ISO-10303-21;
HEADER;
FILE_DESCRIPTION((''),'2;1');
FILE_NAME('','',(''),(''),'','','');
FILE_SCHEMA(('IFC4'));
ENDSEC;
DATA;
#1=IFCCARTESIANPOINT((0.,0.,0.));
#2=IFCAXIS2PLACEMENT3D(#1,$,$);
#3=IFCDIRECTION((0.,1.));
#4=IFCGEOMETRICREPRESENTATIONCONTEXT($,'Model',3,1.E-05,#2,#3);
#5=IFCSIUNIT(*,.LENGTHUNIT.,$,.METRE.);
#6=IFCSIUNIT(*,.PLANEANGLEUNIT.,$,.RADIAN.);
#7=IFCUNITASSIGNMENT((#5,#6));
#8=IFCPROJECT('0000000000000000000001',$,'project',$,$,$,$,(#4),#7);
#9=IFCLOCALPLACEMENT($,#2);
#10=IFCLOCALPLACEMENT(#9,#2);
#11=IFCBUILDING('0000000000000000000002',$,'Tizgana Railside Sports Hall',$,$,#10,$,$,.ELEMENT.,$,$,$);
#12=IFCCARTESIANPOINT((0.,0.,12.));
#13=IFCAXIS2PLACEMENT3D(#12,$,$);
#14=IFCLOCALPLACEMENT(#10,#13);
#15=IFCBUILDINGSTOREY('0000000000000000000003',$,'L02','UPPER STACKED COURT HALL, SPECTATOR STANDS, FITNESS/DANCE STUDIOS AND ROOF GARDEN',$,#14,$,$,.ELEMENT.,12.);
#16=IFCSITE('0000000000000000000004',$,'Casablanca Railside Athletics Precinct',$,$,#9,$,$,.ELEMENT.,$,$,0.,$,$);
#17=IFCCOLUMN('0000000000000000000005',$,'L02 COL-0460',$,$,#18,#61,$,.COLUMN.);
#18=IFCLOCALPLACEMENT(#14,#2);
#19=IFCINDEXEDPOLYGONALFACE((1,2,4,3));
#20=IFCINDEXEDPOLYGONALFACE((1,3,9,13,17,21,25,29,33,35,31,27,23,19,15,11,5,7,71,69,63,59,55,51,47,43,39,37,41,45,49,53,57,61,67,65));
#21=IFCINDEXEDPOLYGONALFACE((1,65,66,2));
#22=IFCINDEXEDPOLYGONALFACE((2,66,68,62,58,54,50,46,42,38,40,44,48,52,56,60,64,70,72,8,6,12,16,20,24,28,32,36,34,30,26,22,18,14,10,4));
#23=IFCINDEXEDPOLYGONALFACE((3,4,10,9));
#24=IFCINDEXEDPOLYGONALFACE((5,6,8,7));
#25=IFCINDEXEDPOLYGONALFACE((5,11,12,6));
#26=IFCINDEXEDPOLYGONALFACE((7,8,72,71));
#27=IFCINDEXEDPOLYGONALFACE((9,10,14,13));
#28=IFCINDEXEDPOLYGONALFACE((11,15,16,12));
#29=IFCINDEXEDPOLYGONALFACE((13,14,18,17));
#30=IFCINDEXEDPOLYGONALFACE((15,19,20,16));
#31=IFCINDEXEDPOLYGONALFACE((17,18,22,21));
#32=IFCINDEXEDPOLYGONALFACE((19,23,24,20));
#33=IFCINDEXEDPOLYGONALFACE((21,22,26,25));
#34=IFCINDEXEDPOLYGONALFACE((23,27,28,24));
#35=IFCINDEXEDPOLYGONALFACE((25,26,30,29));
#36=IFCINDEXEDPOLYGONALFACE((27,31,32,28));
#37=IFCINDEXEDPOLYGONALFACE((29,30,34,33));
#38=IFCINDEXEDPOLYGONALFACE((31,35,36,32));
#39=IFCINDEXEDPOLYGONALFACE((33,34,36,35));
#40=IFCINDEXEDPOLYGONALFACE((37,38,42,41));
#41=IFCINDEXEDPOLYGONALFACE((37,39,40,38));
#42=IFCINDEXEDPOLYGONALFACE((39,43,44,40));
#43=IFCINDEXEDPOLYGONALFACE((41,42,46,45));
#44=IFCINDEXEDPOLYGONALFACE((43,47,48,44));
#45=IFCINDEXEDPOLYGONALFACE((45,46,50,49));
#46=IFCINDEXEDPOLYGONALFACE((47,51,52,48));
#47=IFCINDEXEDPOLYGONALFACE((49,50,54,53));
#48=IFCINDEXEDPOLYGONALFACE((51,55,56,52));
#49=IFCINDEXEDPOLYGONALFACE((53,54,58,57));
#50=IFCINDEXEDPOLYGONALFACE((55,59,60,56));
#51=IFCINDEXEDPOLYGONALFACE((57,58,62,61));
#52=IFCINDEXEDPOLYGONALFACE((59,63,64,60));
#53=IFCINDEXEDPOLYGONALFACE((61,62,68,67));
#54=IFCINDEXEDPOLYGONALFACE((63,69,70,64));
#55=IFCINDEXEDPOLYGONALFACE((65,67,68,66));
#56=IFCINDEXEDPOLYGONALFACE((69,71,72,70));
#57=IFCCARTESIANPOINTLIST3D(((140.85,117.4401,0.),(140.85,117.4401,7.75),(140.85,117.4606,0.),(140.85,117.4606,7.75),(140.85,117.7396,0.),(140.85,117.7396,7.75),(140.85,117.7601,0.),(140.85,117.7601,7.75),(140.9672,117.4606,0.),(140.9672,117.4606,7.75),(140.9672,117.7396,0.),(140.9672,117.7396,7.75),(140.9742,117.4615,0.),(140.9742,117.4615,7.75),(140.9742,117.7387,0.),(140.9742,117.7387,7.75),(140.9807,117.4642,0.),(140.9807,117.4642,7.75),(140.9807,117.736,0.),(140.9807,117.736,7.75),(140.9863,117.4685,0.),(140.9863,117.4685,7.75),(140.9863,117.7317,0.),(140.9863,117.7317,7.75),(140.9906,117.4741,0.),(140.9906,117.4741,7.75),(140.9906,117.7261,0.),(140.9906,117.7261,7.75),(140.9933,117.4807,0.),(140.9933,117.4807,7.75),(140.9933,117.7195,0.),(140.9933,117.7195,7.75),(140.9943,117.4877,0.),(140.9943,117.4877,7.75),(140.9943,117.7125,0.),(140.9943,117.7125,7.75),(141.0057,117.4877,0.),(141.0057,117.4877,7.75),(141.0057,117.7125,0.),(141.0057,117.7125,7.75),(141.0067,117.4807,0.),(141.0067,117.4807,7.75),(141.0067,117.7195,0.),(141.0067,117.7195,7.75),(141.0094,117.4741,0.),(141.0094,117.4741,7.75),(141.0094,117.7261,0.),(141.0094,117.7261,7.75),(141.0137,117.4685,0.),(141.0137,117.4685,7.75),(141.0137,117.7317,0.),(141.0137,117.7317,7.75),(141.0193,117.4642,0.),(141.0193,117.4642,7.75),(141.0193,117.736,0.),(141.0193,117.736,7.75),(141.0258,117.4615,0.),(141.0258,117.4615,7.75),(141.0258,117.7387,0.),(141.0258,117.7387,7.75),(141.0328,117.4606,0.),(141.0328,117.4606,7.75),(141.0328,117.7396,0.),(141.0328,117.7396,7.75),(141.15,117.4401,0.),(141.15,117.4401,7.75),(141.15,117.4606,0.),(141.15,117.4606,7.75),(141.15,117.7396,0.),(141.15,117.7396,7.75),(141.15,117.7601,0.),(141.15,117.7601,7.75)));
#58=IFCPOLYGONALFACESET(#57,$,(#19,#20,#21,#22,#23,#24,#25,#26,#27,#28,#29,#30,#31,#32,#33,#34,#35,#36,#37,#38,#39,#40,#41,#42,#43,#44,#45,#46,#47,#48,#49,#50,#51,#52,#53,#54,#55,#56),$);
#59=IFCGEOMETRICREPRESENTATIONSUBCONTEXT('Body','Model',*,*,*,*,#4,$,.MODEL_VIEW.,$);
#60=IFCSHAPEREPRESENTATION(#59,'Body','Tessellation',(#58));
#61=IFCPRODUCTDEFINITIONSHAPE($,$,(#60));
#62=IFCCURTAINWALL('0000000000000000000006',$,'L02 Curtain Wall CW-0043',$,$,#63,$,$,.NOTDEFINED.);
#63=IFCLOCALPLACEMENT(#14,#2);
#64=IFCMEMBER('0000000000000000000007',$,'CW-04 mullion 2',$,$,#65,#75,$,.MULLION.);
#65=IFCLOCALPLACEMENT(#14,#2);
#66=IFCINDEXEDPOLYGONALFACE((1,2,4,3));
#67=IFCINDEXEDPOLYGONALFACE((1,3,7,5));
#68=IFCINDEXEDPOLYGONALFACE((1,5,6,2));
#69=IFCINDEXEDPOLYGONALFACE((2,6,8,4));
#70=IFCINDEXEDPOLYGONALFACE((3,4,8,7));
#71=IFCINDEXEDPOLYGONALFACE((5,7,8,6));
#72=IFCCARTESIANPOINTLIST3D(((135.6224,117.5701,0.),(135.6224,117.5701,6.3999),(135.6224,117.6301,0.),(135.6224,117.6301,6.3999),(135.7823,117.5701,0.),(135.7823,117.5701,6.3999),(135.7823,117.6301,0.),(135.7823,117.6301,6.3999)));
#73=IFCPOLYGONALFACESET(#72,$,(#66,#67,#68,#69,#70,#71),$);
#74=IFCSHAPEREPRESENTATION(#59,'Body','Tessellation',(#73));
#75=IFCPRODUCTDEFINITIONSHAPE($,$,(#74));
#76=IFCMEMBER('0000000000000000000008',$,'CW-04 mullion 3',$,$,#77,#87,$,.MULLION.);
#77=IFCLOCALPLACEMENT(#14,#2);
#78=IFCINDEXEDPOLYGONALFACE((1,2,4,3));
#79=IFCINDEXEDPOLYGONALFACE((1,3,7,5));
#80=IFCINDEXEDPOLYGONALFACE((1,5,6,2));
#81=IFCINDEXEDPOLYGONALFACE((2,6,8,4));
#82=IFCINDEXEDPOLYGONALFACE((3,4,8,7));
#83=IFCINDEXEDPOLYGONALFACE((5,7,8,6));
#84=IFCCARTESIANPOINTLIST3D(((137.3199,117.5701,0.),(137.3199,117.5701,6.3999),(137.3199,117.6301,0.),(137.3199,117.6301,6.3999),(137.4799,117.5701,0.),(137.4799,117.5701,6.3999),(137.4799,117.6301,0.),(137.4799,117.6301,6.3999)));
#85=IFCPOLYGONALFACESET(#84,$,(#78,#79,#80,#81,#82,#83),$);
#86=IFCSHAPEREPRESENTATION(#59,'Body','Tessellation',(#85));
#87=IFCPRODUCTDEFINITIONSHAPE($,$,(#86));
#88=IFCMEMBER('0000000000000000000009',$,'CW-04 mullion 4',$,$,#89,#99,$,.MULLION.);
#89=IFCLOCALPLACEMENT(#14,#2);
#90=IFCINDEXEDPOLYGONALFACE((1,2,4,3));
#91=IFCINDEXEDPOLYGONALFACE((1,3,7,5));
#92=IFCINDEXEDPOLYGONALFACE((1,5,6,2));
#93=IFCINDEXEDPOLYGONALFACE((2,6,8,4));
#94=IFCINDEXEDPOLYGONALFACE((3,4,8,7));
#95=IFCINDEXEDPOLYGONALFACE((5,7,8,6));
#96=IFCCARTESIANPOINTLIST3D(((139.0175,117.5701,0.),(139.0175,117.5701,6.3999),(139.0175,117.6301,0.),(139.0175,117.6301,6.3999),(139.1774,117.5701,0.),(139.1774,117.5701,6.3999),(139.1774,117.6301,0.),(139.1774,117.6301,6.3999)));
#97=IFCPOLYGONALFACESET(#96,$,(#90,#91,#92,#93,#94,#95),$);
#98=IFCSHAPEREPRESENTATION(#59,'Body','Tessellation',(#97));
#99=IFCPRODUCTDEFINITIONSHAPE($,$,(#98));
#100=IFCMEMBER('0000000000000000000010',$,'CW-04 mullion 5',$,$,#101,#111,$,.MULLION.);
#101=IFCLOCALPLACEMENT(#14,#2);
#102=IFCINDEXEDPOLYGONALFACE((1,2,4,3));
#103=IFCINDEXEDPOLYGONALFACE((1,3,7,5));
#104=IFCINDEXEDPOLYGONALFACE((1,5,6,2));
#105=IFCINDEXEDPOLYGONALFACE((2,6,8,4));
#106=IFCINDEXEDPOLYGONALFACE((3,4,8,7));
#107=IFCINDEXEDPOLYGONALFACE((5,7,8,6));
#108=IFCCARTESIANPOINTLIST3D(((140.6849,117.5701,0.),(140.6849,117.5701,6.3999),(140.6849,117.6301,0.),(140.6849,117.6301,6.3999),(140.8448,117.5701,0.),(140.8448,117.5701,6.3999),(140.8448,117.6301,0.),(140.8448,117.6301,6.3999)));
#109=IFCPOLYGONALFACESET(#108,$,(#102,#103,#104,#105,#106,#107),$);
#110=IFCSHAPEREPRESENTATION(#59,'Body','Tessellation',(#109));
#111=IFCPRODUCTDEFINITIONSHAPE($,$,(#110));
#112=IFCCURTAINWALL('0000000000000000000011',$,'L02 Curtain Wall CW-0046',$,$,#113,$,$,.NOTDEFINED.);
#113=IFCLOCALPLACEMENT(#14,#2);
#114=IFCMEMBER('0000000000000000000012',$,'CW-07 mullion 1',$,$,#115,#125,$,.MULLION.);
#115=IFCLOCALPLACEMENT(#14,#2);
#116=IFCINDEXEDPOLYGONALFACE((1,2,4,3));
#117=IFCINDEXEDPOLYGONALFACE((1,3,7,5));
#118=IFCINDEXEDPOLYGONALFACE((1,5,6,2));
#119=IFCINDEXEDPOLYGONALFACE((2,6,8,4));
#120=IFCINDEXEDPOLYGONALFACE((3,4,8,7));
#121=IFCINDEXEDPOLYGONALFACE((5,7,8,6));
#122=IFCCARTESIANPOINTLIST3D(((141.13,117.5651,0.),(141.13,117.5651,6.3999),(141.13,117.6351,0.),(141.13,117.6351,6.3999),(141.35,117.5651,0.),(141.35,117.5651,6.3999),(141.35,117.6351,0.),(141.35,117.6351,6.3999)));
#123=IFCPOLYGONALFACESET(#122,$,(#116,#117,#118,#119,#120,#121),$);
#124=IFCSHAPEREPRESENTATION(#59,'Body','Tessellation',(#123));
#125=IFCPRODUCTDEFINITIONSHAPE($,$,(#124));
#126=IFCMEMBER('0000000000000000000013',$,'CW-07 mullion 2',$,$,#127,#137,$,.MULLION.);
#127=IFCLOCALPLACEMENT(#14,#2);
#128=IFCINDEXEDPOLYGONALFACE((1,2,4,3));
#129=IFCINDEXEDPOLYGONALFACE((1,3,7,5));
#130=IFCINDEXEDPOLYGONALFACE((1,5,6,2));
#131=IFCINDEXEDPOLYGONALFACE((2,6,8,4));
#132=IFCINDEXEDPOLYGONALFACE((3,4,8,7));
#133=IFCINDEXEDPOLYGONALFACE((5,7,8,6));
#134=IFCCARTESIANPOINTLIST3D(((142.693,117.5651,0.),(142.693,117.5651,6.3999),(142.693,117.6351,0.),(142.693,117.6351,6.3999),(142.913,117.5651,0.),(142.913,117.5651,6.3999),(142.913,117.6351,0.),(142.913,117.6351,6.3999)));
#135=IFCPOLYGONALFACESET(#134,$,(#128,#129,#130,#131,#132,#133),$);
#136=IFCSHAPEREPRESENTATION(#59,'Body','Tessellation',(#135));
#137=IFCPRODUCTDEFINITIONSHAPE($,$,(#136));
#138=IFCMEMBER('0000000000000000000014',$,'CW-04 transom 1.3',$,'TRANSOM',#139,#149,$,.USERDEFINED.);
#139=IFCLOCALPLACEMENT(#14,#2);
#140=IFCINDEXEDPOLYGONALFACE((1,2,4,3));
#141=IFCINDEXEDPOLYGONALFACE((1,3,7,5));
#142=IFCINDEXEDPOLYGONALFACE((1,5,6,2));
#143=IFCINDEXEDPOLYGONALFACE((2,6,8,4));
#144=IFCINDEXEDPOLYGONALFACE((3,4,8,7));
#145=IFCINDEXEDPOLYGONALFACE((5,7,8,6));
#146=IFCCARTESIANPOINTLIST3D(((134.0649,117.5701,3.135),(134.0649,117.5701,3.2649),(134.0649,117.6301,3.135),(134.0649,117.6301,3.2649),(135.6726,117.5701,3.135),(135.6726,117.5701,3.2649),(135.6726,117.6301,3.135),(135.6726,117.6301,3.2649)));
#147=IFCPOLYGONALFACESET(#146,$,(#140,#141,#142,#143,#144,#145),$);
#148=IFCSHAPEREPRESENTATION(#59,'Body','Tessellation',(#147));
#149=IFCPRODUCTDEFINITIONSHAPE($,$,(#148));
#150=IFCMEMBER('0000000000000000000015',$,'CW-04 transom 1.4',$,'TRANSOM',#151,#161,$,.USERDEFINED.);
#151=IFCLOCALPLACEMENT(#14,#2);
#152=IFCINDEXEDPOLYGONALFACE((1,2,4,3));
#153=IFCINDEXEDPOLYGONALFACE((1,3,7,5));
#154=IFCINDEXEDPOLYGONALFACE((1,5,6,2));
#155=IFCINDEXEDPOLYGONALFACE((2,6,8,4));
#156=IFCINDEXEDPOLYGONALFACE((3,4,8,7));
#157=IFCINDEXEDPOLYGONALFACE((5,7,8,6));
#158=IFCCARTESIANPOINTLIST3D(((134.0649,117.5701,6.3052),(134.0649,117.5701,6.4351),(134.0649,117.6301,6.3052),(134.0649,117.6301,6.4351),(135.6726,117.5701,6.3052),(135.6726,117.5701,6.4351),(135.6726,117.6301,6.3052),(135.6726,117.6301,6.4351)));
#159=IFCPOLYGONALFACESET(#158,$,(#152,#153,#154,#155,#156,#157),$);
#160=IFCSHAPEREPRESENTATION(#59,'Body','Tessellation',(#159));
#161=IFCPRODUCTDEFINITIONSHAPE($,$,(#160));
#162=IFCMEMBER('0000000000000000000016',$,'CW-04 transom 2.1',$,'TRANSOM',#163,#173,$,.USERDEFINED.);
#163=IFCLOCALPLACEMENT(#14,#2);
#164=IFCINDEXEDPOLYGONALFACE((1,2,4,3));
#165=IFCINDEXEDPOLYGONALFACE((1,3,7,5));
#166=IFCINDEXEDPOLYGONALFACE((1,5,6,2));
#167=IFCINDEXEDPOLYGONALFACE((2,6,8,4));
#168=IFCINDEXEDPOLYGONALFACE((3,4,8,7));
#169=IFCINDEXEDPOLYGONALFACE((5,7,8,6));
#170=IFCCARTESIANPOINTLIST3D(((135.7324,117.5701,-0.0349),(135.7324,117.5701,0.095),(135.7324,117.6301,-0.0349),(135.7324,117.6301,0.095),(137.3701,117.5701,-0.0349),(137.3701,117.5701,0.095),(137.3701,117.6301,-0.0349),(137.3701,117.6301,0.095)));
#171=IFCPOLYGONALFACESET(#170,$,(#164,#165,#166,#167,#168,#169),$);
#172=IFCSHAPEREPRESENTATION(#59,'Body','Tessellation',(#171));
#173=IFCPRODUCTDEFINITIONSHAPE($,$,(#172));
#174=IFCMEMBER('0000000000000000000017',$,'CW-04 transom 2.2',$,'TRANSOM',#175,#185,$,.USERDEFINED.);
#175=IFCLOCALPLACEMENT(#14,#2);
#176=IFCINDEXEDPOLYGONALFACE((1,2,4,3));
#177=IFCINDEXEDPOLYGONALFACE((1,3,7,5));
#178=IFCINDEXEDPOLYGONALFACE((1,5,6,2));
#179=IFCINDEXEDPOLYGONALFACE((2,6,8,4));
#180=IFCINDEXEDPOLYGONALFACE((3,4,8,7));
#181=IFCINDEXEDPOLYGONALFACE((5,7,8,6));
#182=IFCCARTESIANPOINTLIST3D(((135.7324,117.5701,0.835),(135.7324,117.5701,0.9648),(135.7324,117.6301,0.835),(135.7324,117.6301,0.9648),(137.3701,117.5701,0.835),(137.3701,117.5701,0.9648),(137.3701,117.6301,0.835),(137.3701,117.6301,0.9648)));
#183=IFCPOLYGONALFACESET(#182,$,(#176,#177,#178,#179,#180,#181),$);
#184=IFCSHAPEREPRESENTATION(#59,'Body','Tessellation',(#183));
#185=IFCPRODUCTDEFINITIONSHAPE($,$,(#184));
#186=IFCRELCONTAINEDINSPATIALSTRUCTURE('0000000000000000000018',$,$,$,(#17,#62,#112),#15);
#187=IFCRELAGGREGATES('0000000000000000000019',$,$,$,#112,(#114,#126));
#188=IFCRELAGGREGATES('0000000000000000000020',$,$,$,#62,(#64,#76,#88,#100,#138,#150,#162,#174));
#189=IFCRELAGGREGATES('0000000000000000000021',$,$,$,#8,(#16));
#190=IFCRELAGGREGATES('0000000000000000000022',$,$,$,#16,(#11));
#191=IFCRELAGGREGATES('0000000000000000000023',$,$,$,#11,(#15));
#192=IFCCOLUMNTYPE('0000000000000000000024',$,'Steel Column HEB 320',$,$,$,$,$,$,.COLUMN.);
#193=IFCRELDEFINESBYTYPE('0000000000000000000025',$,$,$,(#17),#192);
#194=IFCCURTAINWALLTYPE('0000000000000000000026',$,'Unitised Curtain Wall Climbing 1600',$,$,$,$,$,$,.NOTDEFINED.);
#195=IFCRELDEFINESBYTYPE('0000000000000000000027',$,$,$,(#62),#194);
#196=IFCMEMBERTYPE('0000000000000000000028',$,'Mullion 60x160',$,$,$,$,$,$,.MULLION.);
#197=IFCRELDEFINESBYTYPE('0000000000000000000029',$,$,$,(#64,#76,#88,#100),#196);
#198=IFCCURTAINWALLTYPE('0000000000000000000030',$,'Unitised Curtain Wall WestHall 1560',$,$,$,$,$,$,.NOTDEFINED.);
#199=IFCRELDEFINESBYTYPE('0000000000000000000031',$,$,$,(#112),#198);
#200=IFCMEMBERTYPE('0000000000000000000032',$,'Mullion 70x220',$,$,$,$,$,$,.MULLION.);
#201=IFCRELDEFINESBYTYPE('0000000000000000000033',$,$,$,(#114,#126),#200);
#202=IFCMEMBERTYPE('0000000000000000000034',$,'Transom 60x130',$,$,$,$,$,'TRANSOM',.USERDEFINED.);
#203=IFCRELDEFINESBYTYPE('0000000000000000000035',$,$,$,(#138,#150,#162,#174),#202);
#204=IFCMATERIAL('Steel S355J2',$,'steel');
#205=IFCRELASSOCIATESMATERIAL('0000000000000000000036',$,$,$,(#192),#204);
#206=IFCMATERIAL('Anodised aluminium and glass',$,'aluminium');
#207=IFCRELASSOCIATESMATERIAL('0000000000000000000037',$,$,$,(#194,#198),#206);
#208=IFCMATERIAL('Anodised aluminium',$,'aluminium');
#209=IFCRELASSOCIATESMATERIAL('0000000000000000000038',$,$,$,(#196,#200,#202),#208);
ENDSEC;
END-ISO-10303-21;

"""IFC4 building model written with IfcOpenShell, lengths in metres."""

from ifc_helpers import new_model, si_unit, direction, frame, origin, origin_2d, place, context, subcontext, project, spatial, rectangle, i_section, extrude, material, material_profile, profile_set, type_object, element, aggregate, save


model = new_model("IFC4")

# Units and contexts
model_context = context("Model", 3, precision=1e-05, world=origin(), true_north=direction((0.0, 1.0)))
body_context = subcontext(model_context, "Body", "Model", "MODEL_VIEW")
ifc_project = project(units=[si_unit("LENGTHUNIT", "METRE"), si_unit("PLANEANGLEUNIT", "RADIAN")], contexts=[model_context])

# Site, building, storey
site_placement = place(None, origin())
site = spatial("IfcSite", under=ifc_project, at=site_placement, Name="Casablanca Railside Athletics Precinct", CompositionType="ELEMENT", RefElevation=0.0)
building_placement = place(site_placement, origin())
building = spatial("IfcBuilding", under=site, at=building_placement, Name="Tizgana Railside Sports Hall", CompositionType="ELEMENT")
storey_placement = place(building_placement, frame((0.0, 0.0, 12.0)))
storey = spatial("IfcBuildingStorey", under=building, at=storey_placement, Name="L02", Description="UPPER STACKED COURT HALL, SPECTATOR STANDS, FITNESS/DANCE STUDIOS AND ROOF GARDEN", CompositionType="ELEMENT", Elevation=12.0)

# Column
ifc_material_1 = material(Name="Steel S355J2", Category="steel")
ifc_material_profile_1 = material_profile(ifc_material_1, i_section(OverallWidth=0.3, OverallDepth=0.3201, WebThickness=0.0115, FlangeThickness=0.0205, FilletRadius=0.0271, at=origin_2d()), Name="HEB 320")
ifc_profile_set_1 = profile_set([ifc_material_profile_1], Name="Steel S355J2")
column_type = type_object("IfcColumnType", Name="Steel Column HEB 320", PredefinedType="COLUMN", material=ifc_profile_set_1)
column_placement = place(storey_placement, frame((141.0, 117.6001, 0.0), z_axis=(0.0, 0.0, 1.0), x_axis=(1.0, 0.0, 0.0)))
element("IfcColumn", 1, at=column_placement, inside=storey, type_object=column_type, Name="L02 COL-0460", PredefinedType="COLUMN", context=body_context, shape_type="SweptSolid", body=[
    extrude(i_section(OverallWidth=0.3, OverallDepth=0.3201, WebThickness=0.0115, FlangeThickness=0.0205, FilletRadius=0.0271, at=origin_2d()), origin(), (0.0, 0.0, 1.0), 7.75),
])

# Curtain walls, members
ifc_material_2 = material(Name="Anodised aluminium and glass", Category="aluminium")
curtain_wall_type_1 = type_object("IfcCurtainWallType", Name="Unitised Curtain Wall Climbing 1600", PredefinedType="NOTDEFINED", material=ifc_material_2)
curtain_wall_1_placement = place(storey_placement, origin())
curtain_wall_1 = element("IfcCurtainWall", 2, at=curtain_wall_1_placement, inside=storey, type_object=curtain_wall_type_1, Name="L02 Curtain Wall CW-0043", PredefinedType="NOTDEFINED")
ifc_material_3 = material(Name="Anodised aluminium", Category="aluminium")
ifc_material_profile_2 = material_profile(ifc_material_3, rectangle(XDim=0.0601, YDim=0.1599, at=origin_2d()), Name="Mullion 60x160")
ifc_profile_set_2 = profile_set([ifc_material_profile_2], Name="Anodised aluminium")
member_type_1 = type_object("IfcMemberType", Name="Mullion 60x160", PredefinedType="MULLION", material=ifc_profile_set_2)
member_1_placement = place(storey_placement, frame((135.7024, 117.6001, 0.0), z_axis=(0.0, 0.0, 1.0), x_axis=(0.0, 1.0, 0.0)))
member_1 = element("IfcMember", 3, at=member_1_placement, type_object=member_type_1, Name="CW-04 mullion 2", PredefinedType="MULLION", context=body_context, shape_type="SweptSolid", body=[
    extrude(rectangle(XDim=0.0601, YDim=0.1599, at=origin_2d()), origin(), (0.0, 0.0, 1.0), 6.3999),
])
member_2_placement = place(storey_placement, frame((137.3999, 117.6001, 0.0), z_axis=(0.0, 0.0, 1.0), x_axis=(0.0, 1.0, 0.0)))
member_2 = element("IfcMember", 4, at=member_2_placement, type_object=member_type_1, Name="CW-04 mullion 3", PredefinedType="MULLION", context=body_context, shape_type="SweptSolid", body=[
    extrude(rectangle(XDim=0.0601, YDim=0.1599, at=origin_2d()), origin(), (0.0, 0.0, 1.0), 6.3999),
])
member_3_placement = place(storey_placement, frame((139.0974, 117.6001, 0.0), z_axis=(0.0, 0.0, 1.0), x_axis=(0.0, 1.0, 0.0)))
member_3 = element("IfcMember", 5, at=member_3_placement, type_object=member_type_1, Name="CW-04 mullion 4", PredefinedType="MULLION", context=body_context, shape_type="SweptSolid", body=[
    extrude(rectangle(XDim=0.0601, YDim=0.1599, at=origin_2d()), origin(), (0.0, 0.0, 1.0), 6.3999),
])
member_4_placement = place(storey_placement, frame((140.7649, 117.6001, 0.0), z_axis=(0.0, 0.0, 1.0), x_axis=(0.0, 1.0, 0.0)))
member_4 = element("IfcMember", 6, at=member_4_placement, type_object=member_type_1, Name="CW-04 mullion 5", PredefinedType="MULLION", context=body_context, shape_type="SweptSolid", body=[
    extrude(rectangle(XDim=0.0601, YDim=0.1599, at=origin_2d()), origin(), (0.0, 0.0, 1.0), 6.3999),
])
curtain_wall_type_2 = type_object("IfcCurtainWallType", Name="Unitised Curtain Wall WestHall 1560", PredefinedType="NOTDEFINED", material=ifc_material_2)
curtain_wall_2_placement = place(storey_placement, origin())
curtain_wall_2 = element("IfcCurtainWall", 7, at=curtain_wall_2_placement, inside=storey, type_object=curtain_wall_type_2, Name="L02 Curtain Wall CW-0046", PredefinedType="NOTDEFINED")
ifc_material_profile_3 = material_profile(ifc_material_3, rectangle(XDim=0.0701, YDim=0.22, at=origin_2d()), Name="Mullion 70x220")
ifc_profile_set_3 = profile_set([ifc_material_profile_3], Name="Anodised aluminium")
member_type_2 = type_object("IfcMemberType", Name="Mullion 70x220", PredefinedType="MULLION", material=ifc_profile_set_3)
member_5_placement = place(storey_placement, frame((141.24, 117.6001, 0.0), z_axis=(0.0, 0.0, 1.0), x_axis=(0.0, 1.0, 0.0)))
member_5 = element("IfcMember", 8, at=member_5_placement, type_object=member_type_2, Name="CW-07 mullion 1", PredefinedType="MULLION", context=body_context, shape_type="SweptSolid", body=[
    extrude(rectangle(XDim=0.0701, YDim=0.22, at=origin_2d()), origin(), (0.0, 0.0, 1.0), 6.3999),
])
member_6_placement = place(storey_placement, frame((142.803, 117.6001, 0.0), z_axis=(0.0, 0.0, 1.0), x_axis=(0.0, 1.0, 0.0)))
member_6 = element("IfcMember", 9, at=member_6_placement, type_object=member_type_2, Name="CW-07 mullion 2", PredefinedType="MULLION", context=body_context, shape_type="SweptSolid", body=[
    extrude(rectangle(XDim=0.0701, YDim=0.22, at=origin_2d()), origin(), (0.0, 0.0, 1.0), 6.3999),
])

# Members
ifc_material_profile_4 = material_profile(ifc_material_3, rectangle(XDim=0.0601, YDim=0.1299, at=origin_2d()), Name="Transom 60x130")
ifc_profile_set_4 = profile_set([ifc_material_profile_4], Name="Anodised aluminium")
member_type_3 = type_object("IfcMemberType", Name="Transom 60x130", ElementType="TRANSOM", PredefinedType="USERDEFINED", material=ifc_profile_set_4)
member_7_placement = place(storey_placement, frame((134.0649, 117.6001, 3.2), z_axis=(1.0, 0.0, 0.0), x_axis=(0.0, 1.0, 0.0)))
member_7 = element("IfcMember", 10, at=member_7_placement, type_object=member_type_3, Name="CW-04 transom 1.3", ObjectType="TRANSOM", PredefinedType="USERDEFINED", context=body_context, shape_type="SweptSolid", body=[
    extrude(rectangle(XDim=0.0601, YDim=0.1299, at=origin_2d()), origin(), (0.0, 0.0, 1.0), 1.6077),
])
member_8_placement = place(storey_placement, frame((134.0649, 117.6001, 6.3701), z_axis=(1.0, 0.0, 0.0), x_axis=(0.0, 1.0, 0.0)))
member_8 = element("IfcMember", 11, at=member_8_placement, type_object=member_type_3, Name="CW-04 transom 1.4", ObjectType="TRANSOM", PredefinedType="USERDEFINED", context=body_context, shape_type="SweptSolid", body=[
    extrude(rectangle(XDim=0.0601, YDim=0.1299, at=origin_2d()), origin(), (0.0, 0.0, 1.0), 1.6077),
])
member_9_placement = place(storey_placement, frame((135.7324, 117.6001, 0.03), z_axis=(1.0, 0.0, 0.0), x_axis=(0.0, 1.0, 0.0)))
member_9 = element("IfcMember", 12, at=member_9_placement, type_object=member_type_3, Name="CW-04 transom 2.1", ObjectType="TRANSOM", PredefinedType="USERDEFINED", context=body_context, shape_type="SweptSolid", body=[
    extrude(rectangle(XDim=0.0601, YDim=0.1299, at=origin_2d()), origin(), (0.0, 0.0, 1.0), 1.6377),
])
member_10_placement = place(storey_placement, frame((135.7324, 117.6001, 0.8999), z_axis=(1.0, 0.0, 0.0), x_axis=(0.0, 1.0, 0.0)))
member_10 = element("IfcMember", 13, at=member_10_placement, type_object=member_type_3, Name="CW-04 transom 2.2", ObjectType="TRANSOM", PredefinedType="USERDEFINED", context=body_context, shape_type="SweptSolid", body=[
    extrude(rectangle(XDim=0.0601, YDim=0.1299, at=origin_2d()), origin(), (0.0, 0.0, 1.0), 1.6377),
])

aggregate(curtain_wall_2, [member_5, member_6])
aggregate(curtain_wall_1, [member_1, member_2, member_3, member_4, member_7, member_8, member_9, member_10])

save(model, "model.ifc")
